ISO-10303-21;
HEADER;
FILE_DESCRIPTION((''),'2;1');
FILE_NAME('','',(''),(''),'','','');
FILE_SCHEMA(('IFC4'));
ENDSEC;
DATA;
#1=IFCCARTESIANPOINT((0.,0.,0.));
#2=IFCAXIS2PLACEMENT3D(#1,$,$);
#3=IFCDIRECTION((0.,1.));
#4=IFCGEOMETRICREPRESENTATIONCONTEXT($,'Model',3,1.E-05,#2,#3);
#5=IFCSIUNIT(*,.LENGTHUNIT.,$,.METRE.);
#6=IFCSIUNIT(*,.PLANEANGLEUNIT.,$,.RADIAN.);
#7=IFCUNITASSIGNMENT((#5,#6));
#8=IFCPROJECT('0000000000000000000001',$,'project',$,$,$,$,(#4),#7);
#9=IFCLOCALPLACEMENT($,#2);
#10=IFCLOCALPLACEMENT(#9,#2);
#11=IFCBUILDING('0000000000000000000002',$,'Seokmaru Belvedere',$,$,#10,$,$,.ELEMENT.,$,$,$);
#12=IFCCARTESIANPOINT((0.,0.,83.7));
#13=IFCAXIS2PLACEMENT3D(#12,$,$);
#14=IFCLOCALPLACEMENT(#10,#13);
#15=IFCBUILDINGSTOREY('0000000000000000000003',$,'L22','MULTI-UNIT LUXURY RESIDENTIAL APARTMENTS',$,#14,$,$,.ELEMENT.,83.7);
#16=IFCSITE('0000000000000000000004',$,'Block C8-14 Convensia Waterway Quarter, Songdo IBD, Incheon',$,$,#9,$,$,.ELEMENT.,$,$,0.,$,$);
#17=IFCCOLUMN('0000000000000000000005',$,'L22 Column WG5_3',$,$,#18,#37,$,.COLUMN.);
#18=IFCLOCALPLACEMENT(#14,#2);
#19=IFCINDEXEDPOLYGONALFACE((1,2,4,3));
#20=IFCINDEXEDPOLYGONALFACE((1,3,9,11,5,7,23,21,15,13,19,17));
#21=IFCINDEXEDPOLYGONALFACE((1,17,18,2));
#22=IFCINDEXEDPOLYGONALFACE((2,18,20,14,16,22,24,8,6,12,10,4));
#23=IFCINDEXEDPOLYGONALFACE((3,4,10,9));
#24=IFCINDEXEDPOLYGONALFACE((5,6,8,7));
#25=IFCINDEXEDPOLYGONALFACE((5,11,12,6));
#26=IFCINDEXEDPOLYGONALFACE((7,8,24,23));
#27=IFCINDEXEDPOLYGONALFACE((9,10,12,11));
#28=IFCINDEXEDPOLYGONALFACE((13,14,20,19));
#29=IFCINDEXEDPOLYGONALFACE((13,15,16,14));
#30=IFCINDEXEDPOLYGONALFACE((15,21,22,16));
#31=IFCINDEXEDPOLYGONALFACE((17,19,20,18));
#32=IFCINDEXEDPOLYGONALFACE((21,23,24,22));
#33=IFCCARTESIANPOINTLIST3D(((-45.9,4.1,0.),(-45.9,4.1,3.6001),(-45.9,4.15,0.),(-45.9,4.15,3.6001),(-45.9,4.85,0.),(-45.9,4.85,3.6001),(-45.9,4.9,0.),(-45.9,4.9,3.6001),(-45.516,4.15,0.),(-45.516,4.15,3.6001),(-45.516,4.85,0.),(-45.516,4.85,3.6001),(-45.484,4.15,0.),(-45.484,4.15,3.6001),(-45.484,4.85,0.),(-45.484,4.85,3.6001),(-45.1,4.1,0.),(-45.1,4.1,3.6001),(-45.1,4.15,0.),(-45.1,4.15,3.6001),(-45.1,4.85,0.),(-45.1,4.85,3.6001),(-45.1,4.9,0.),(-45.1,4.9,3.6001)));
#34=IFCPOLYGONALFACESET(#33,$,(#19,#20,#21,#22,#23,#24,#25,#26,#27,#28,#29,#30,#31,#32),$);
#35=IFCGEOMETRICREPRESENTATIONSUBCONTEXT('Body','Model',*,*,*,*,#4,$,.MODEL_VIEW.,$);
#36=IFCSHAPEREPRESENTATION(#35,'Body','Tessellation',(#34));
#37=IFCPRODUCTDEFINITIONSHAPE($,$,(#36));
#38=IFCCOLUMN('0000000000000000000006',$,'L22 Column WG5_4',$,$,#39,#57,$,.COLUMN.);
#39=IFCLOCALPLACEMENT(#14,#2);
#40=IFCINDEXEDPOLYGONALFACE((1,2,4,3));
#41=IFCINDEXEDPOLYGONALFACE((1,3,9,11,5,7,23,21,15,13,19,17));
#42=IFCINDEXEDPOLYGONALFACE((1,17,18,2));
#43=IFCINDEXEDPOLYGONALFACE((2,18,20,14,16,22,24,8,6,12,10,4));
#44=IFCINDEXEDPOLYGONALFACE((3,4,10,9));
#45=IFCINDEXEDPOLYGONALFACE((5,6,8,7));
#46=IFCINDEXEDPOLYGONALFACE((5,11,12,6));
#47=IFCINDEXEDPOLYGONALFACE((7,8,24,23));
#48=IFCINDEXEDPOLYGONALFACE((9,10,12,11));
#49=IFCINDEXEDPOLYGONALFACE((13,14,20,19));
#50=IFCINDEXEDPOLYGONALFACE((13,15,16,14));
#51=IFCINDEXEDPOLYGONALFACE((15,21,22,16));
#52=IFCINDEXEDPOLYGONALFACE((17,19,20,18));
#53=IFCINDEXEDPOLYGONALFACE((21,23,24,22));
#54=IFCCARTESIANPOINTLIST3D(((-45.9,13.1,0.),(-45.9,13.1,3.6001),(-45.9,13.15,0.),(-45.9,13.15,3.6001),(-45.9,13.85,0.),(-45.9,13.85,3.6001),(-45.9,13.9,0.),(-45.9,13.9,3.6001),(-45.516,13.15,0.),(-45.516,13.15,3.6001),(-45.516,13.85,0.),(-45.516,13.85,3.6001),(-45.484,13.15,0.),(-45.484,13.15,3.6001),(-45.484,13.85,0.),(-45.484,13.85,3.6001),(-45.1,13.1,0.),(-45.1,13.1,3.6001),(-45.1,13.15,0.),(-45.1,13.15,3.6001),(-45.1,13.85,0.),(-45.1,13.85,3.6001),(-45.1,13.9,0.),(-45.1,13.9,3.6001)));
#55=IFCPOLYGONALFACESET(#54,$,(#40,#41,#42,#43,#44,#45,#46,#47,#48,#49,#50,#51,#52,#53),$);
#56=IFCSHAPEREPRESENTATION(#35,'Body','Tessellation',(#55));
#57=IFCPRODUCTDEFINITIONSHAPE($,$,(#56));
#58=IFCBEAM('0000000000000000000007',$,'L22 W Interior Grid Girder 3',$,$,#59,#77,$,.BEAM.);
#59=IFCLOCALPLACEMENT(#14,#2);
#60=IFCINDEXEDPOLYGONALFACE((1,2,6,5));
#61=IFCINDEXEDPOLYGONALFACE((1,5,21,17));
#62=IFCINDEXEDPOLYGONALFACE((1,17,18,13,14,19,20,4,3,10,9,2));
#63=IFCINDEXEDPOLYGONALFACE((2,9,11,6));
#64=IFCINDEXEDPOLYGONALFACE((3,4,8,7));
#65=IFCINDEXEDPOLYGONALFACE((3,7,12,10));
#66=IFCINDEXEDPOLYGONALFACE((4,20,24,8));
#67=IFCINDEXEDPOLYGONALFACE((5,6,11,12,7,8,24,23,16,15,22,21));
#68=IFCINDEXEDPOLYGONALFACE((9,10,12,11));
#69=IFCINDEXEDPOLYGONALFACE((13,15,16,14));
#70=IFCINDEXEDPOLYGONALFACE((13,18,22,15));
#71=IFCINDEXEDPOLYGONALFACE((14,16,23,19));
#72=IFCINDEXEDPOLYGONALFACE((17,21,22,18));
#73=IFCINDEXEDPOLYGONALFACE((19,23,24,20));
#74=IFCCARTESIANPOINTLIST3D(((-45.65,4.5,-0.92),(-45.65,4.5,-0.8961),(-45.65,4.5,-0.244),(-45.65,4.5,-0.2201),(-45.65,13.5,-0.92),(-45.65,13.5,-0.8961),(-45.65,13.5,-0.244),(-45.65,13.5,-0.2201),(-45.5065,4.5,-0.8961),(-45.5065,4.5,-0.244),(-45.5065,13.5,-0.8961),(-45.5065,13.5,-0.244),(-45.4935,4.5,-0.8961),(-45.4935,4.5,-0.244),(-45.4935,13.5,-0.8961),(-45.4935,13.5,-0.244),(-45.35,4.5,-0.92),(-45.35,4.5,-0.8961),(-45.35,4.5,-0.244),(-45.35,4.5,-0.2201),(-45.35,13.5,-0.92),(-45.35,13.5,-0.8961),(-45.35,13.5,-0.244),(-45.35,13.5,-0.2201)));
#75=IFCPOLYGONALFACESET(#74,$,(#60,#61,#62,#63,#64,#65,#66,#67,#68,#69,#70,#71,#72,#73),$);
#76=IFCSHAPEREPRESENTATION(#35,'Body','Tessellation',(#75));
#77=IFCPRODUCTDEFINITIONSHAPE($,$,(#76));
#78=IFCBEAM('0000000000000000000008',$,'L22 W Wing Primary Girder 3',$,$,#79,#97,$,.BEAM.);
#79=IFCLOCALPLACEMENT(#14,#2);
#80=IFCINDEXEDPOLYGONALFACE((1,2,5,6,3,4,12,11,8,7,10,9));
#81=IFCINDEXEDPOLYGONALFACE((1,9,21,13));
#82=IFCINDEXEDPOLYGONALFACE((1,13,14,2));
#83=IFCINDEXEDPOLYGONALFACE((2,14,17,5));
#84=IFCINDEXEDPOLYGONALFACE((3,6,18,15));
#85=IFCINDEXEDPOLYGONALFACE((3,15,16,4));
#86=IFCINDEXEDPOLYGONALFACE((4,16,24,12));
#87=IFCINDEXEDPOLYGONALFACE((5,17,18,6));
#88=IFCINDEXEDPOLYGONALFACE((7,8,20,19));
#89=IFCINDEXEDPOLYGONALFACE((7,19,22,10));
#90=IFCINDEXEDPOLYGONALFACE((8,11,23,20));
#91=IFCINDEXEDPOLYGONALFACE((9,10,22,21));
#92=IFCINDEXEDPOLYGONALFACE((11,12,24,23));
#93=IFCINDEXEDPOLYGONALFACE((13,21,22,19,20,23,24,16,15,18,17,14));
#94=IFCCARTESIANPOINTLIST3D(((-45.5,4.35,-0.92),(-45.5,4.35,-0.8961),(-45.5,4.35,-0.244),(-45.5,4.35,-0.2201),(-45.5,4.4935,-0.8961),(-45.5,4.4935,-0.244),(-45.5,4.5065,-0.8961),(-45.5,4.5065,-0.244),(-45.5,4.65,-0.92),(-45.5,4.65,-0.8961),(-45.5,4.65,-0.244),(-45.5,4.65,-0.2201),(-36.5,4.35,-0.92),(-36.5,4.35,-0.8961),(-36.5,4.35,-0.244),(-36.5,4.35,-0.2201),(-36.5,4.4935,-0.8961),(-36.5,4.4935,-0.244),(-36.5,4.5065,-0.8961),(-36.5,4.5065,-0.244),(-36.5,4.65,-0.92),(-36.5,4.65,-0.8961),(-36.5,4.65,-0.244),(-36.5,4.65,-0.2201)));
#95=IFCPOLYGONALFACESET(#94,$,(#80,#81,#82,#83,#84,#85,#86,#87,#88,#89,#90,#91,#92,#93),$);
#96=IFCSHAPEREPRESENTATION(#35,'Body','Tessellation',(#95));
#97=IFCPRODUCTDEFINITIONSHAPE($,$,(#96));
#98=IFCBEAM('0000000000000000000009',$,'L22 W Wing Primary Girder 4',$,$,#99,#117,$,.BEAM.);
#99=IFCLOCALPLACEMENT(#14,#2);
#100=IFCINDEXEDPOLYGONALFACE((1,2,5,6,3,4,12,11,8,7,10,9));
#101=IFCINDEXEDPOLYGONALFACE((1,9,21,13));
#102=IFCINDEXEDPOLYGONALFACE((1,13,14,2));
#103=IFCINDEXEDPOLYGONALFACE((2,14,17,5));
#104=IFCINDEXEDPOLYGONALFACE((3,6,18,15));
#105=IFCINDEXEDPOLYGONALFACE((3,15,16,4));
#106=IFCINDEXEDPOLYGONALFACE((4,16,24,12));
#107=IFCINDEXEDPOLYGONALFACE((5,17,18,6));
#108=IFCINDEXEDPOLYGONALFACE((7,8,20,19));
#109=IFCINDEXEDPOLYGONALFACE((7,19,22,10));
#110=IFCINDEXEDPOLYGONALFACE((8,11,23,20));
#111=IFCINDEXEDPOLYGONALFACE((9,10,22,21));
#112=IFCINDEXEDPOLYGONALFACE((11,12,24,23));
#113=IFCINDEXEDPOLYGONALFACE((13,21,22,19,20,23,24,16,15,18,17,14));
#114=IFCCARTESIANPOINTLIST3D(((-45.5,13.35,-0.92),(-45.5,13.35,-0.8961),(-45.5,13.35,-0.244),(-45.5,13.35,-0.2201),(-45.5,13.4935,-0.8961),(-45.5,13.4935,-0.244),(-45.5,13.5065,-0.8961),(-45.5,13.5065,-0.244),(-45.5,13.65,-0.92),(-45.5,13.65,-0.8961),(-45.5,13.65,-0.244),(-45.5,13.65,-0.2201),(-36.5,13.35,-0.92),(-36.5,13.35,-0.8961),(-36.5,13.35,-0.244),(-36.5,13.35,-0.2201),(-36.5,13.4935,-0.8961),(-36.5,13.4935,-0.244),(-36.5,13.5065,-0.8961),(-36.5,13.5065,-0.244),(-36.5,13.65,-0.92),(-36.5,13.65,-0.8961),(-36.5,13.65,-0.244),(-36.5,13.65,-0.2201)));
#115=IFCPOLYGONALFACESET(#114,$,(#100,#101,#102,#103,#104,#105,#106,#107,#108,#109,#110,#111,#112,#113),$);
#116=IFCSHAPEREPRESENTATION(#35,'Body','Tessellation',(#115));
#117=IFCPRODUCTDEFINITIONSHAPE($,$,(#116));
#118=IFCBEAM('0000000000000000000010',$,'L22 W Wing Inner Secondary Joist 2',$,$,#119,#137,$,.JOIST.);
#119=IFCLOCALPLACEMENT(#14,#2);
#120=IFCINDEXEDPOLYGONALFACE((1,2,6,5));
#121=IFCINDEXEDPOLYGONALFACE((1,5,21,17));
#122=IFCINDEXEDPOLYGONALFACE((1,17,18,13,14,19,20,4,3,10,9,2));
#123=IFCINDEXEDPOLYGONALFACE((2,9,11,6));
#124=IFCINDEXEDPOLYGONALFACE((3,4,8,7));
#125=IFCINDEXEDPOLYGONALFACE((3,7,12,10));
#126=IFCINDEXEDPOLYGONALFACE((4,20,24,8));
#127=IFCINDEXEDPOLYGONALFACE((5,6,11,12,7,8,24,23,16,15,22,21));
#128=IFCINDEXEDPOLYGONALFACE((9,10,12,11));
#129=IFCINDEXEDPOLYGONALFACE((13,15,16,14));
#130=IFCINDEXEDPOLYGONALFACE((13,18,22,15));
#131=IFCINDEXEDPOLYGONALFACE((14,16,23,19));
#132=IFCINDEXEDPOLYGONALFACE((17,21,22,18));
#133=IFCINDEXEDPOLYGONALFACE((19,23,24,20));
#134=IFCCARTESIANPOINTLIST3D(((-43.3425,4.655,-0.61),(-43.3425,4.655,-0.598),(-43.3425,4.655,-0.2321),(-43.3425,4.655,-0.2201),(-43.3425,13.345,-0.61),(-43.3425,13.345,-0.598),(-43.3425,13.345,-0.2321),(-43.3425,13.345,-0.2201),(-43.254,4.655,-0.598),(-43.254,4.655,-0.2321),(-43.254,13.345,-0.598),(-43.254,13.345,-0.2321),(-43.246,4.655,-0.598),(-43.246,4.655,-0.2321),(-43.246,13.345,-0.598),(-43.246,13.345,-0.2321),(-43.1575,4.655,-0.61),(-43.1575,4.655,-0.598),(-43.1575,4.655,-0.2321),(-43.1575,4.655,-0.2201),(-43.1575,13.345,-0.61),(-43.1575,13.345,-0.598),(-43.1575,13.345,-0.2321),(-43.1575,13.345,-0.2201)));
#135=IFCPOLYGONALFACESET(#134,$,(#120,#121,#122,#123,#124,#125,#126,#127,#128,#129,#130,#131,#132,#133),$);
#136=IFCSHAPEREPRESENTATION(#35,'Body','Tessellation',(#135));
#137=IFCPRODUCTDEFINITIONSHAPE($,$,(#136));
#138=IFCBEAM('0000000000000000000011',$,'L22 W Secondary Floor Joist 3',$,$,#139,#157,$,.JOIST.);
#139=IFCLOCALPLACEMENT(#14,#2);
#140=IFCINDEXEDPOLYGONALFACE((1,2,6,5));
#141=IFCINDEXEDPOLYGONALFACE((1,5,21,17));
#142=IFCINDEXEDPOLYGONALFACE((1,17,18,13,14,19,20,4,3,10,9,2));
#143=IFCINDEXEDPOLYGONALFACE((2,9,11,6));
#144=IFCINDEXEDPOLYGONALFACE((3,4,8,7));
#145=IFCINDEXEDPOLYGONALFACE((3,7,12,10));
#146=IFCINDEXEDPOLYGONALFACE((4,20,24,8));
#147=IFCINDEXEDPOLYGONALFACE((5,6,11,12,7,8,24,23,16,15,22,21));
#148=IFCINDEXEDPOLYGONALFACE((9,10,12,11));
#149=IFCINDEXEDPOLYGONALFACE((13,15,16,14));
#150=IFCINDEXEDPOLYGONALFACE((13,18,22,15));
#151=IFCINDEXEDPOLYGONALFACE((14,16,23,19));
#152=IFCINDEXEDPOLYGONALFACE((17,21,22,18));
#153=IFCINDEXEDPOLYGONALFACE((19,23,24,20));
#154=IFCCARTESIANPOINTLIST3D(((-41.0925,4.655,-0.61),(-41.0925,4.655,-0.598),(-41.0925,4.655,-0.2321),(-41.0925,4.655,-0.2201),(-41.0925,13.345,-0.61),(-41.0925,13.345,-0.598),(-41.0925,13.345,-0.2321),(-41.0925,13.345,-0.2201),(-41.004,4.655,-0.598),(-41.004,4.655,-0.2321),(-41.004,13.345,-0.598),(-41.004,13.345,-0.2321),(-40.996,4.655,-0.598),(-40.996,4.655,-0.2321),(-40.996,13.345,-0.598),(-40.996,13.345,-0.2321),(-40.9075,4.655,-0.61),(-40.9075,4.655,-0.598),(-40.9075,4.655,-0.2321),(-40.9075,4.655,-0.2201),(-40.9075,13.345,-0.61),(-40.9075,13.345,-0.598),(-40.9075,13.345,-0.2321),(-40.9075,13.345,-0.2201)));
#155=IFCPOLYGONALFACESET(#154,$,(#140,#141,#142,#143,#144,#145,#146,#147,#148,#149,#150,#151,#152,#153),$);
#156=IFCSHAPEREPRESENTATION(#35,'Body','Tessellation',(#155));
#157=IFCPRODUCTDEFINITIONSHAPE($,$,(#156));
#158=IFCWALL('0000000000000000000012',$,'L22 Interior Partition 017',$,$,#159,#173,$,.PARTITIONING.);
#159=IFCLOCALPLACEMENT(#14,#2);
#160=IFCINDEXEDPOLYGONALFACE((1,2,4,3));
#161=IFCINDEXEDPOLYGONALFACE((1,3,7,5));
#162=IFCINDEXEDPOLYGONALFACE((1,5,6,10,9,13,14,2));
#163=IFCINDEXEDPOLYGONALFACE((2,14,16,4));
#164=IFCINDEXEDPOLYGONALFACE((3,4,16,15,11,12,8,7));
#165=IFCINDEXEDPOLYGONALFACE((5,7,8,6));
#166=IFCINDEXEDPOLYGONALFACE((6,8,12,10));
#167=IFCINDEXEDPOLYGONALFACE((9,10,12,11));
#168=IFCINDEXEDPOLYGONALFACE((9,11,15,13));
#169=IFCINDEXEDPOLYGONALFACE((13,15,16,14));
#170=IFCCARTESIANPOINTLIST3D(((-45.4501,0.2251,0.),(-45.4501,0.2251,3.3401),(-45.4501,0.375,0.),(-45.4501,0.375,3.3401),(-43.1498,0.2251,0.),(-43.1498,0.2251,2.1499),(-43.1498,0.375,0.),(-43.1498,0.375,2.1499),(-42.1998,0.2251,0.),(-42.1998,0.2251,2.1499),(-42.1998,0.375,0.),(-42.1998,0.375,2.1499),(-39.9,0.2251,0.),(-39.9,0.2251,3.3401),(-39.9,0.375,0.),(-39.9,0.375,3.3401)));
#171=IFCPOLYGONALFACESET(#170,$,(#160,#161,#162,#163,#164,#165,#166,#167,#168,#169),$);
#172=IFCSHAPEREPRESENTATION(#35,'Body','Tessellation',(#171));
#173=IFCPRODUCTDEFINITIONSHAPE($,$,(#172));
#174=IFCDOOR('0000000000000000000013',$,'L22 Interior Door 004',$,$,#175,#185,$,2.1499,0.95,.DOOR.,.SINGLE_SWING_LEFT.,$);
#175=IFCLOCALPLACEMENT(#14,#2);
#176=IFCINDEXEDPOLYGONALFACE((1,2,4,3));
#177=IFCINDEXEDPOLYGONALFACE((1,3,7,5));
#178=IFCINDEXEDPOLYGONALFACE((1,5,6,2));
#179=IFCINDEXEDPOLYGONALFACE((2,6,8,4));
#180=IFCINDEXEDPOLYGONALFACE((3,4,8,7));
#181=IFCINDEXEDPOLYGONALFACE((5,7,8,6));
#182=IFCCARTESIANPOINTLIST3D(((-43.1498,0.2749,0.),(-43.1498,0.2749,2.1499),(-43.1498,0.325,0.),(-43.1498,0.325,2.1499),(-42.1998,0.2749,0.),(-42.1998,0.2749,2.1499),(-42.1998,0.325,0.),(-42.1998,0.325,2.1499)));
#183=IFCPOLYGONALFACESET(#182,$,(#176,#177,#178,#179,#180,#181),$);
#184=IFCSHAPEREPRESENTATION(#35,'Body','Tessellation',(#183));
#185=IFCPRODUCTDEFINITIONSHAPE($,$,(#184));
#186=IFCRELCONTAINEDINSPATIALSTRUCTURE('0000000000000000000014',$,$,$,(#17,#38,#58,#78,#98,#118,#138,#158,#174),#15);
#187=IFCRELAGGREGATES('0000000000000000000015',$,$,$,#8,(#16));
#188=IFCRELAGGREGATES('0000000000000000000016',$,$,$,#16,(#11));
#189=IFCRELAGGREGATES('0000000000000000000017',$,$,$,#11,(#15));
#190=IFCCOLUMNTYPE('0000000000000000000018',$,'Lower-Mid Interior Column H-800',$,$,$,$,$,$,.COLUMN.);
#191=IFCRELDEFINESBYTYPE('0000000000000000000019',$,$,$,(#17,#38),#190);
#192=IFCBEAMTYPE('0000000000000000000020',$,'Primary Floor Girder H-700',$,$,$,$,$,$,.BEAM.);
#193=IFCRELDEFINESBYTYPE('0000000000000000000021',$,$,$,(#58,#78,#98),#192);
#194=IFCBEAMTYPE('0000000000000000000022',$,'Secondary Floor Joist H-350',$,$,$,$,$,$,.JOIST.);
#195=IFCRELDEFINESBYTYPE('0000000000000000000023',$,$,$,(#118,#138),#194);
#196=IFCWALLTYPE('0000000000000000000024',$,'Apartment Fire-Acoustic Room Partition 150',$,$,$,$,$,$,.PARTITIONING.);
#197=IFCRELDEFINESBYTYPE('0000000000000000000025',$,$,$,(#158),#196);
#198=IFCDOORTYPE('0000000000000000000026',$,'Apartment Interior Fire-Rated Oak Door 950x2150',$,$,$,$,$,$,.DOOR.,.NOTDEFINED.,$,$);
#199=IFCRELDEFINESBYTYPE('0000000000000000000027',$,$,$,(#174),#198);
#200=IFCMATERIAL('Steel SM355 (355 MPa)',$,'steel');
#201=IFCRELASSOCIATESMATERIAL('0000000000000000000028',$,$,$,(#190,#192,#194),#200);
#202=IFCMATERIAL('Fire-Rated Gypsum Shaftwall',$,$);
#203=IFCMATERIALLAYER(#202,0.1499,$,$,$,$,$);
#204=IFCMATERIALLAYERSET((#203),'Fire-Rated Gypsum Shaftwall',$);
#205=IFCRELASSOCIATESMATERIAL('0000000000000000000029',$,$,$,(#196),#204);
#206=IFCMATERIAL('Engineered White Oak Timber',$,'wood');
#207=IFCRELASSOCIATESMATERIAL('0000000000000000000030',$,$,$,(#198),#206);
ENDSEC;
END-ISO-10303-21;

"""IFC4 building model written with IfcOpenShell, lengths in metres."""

from ifc_helpers import new_model, si_unit, direction, frame, frame_2d, origin, origin_2d, place, context, subcontext, project, spatial, rectangle, i_section, extrude, source, transform, mapped, material, layer, layer_set, material_profile, profile_set, type_object, type_shapes, element, fill, save


model = new_model("IFC4")

# Units and contexts
model_context = context("Model", 3, precision=1e-05, world=origin(), true_north=direction((0.0, 1.0)))
body_context = subcontext(model_context, "Body", "Model", "MODEL_VIEW")
ifc_project = project(units=[si_unit("LENGTHUNIT", "METRE"), si_unit("PLANEANGLEUNIT", "RADIAN")], contexts=[model_context])

# Site, building, storey
site_placement = place(None, origin())
site = spatial("IfcSite", under=ifc_project, at=site_placement, Name="Block C8-14 Convensia Waterway Quarter, Songdo IBD, Incheon", CompositionType="ELEMENT", RefElevation=0.0)
building_placement = place(site_placement, origin())
building = spatial("IfcBuilding", under=site, at=building_placement, Name="Seokmaru Belvedere", CompositionType="ELEMENT")
storey_placement = place(building_placement, frame((0.0, 0.0, 83.7)))
storey = spatial("IfcBuildingStorey", under=building, at=storey_placement, Name="L22", Description="MULTI-UNIT LUXURY RESIDENTIAL APARTMENTS", CompositionType="ELEMENT", Elevation=83.7)

# Columns
ifc_material_1 = material(Name="Steel SM355 (355 MPa)", Category="steel")
ifc_material_profile_1 = material_profile(ifc_material_1, i_section(OverallWidth=0.8, OverallDepth=0.8, WebThickness=0.032, FlangeThickness=0.05, at=origin_2d()), Name="H-800x800x32x50")
ifc_profile_set_1 = profile_set([ifc_material_profile_1], Name="Steel SM355 (355 MPa)")
column_type = type_object("IfcColumnType", Name="Lower-Mid Interior Column H-800", PredefinedType="COLUMN", material=ifc_profile_set_1)
shared_shape_1 = source(origin(), body_context, "Body", "SweptSolid", [
    extrude(i_section(OverallWidth=0.8, OverallDepth=0.8, WebThickness=0.032, FlangeThickness=0.05, at=origin_2d()), origin(), (0.0, 0.0, 1.0), 3.6001),
])
type_shapes(column_type, [shared_shape_1])
for number, where, z_axis, x_axis, name in (
    (1, (-45.5, 4.5, 0.0), (0.0, 0.0, 1.0), (1.0, 0.0, 0.0), "L22 Column WG5_3"),
    (2, (-45.5, 13.5, 0.0), (0.0, 0.0, 1.0), (1.0, 0.0, 0.0), "L22 Column WG5_4"),
):
    element("IfcColumn", number, at=place(storey_placement, frame(where, z_axis=z_axis, x_axis=x_axis)), inside=storey, type_object=column_type, Name=name, PredefinedType="COLUMN", context=body_context, shape_type="MappedRepresentation", body=[
        mapped(shared_shape_1, transform((0.0, 0.0, 0.0), scale=1.0)),
    ])

# Beams
ifc_material_profile_2 = material_profile(ifc_material_1, i_section(OverallWidth=0.3, OverallDepth=0.7, WebThickness=0.0129, FlangeThickness=0.0239, at=origin_2d()), Name="H-700x300x13x24")
ifc_profile_set_2 = profile_set([ifc_material_profile_2], Name="Steel SM355 (355 MPa)")
beam_type_1 = type_object("IfcBeamType", Name="Primary Floor Girder H-700", PredefinedType="BEAM", material=ifc_profile_set_2)
shared_shape_2 = source(origin(), body_context, "Body", "SweptSolid", [
    extrude(i_section(OverallWidth=0.3, OverallDepth=0.7, WebThickness=0.0129, FlangeThickness=0.0239, at=origin_2d()), origin(), (0.0, 0.0, 1.0), 9.0),
])
type_shapes(beam_type_1, [shared_shape_2])
for number, where, z_axis, x_axis, name in (
    (3, (-45.5, 4.5, -0.5701), (0.0, 1.0, 0.0), (-1.0, 0.0, 0.0), "L22 W Interior Grid Girder 3"),
    (4, (-45.5, 4.5, -0.5701), (1.0, 0.0, 0.0), (0.0, 1.0, 0.0), "L22 W Wing Primary Girder 3"),
    (5, (-45.5, 13.5, -0.5701), (1.0, 0.0, 0.0), (0.0, 1.0, 0.0), "L22 W Wing Primary Girder 4"),
):
    element("IfcBeam", number, at=place(storey_placement, frame(where, z_axis=z_axis, x_axis=x_axis)), inside=storey, type_object=beam_type_1, Name=name, PredefinedType="BEAM", context=body_context, shape_type="MappedRepresentation", body=[
        mapped(shared_shape_2, transform((0.0, 0.0, 0.0), scale=1.0)),
    ])
ifc_material_profile_3 = material_profile(ifc_material_1, i_section(OverallWidth=0.1851, OverallDepth=0.3899, WebThickness=0.0081, FlangeThickness=0.012, at=origin_2d()), Name="H-390x185x8x12")
ifc_profile_set_3 = profile_set([ifc_material_profile_3], Name="Steel SM355 (355 MPa)")
beam_type_2 = type_object("IfcBeamType", Name="Secondary Floor Joist H-350", PredefinedType="JOIST", material=ifc_profile_set_3)
shared_shape_3 = source(origin(), body_context, "Body", "SweptSolid", [
    extrude(i_section(OverallWidth=0.1851, OverallDepth=0.3899, WebThickness=0.0081, FlangeThickness=0.012, at=origin_2d()), origin(), (0.0, 0.0, 1.0), 8.6899),
])
type_shapes(beam_type_2, [shared_shape_3])
for number, where, z_axis, x_axis, name in (
    (6, (-43.25, 4.655, -0.415), (0.0, 1.0, 0.0), (-1.0, 0.0, 0.0), "L22 W Wing Inner Secondary Joist 2"),
    (7, (-41.0, 4.655, -0.415), (0.0, 1.0, 0.0), (-1.0, 0.0, 0.0), "L22 W Secondary Floor Joist 3"),
):
    element("IfcBeam", number, at=place(storey_placement, frame(where, z_axis=z_axis, x_axis=x_axis)), inside=storey, type_object=beam_type_2, Name=name, PredefinedType="JOIST", context=body_context, shape_type="MappedRepresentation", body=[
        mapped(shared_shape_3, transform((0.0, 0.0, 0.0), scale=1.0)),
    ])

# Wall, opening, door
ifc_material_2 = material(Name="Fire-Rated Gypsum Shaftwall")
ifc_layer_1 = layer(ifc_material_2, 0.1499)
ifc_layer_set_1 = layer_set([ifc_layer_1], Name="Fire-Rated Gypsum Shaftwall")
wall_type_1 = type_object("IfcWallType", Name="Apartment Fire-Acoustic Room Partition 150", PredefinedType="PARTITIONING", material=ifc_layer_set_1)
wall_1_placement = place(storey_placement, frame((-45.45, 0.3, 0.0), z_axis=(0.0, 0.0, 1.0), x_axis=(1.0, 0.0, 0.0)))
wall_1 = element("IfcWall", 8, at=wall_1_placement, inside=storey, type_object=wall_type_1, Name="L22 Interior Partition 017", PredefinedType="PARTITIONING", context=body_context, shape_type="SweptSolid", body=[
    extrude(rectangle(XDim=5.55, YDim=0.1499, at=frame_2d((2.7749, 0.0))), origin(), (0.0, 0.0, 1.0), 3.3401),
])
opening_1_placement = place(wall_1_placement, frame((2.3, 0.0, 0.0)))
opening_1 = element("IfcOpeningElement", 9, at=opening_1_placement, cuts=wall_1, PredefinedType="OPENING", context=body_context, shape_type="SweptSolid", body=[
    extrude(rectangle(XDim=0.95, YDim=2.1499, at=frame_2d((0.4751, 1.075))), frame((0.0, 0.085, 0.0), z_axis=(0.0, -1.0, 0.0), x_axis=(1.0, 0.0, 0.0)), (0.0, 0.0, 1.0), 0.1699),
])
ifc_material_3 = material(Name="Engineered White Oak Timber", Category="wood")
door_type_1 = type_object("IfcDoorType", Name="Apartment Interior Fire-Rated Oak Door 950x2150", OperationType="NOTDEFINED", PredefinedType="DOOR", material=ifc_material_3)
shared_shape_4 = source(origin(), body_context, "Body", "SweptSolid", [
    extrude(rectangle(XDim=0.95, YDim=2.1499, at=frame_2d((0.4751, 1.075))), frame((0.0, 0.0249, 0.0), z_axis=(0.0, -1.0, 0.0), x_axis=(1.0, 0.0, 0.0)), (0.0, 0.0, 1.0), 0.05),
])
type_shapes(door_type_1, [shared_shape_4])
door_1_placement = place(opening_1_placement, origin())
door_1 = element("IfcDoor", 10, at=door_1_placement, inside=storey, type_object=door_type_1, Name="L22 Interior Door 004", OperationType="SINGLE_SWING_LEFT", OverallHeight=2.1499, OverallWidth=0.95, PredefinedType="DOOR", context=body_context, shape_type="MappedRepresentation", body=[
    mapped(shared_shape_4, transform((0.0, 0.0, 0.0), scale=1.0)),
])
fill(opening_1, door_1)

save(model, "model.ifc")
